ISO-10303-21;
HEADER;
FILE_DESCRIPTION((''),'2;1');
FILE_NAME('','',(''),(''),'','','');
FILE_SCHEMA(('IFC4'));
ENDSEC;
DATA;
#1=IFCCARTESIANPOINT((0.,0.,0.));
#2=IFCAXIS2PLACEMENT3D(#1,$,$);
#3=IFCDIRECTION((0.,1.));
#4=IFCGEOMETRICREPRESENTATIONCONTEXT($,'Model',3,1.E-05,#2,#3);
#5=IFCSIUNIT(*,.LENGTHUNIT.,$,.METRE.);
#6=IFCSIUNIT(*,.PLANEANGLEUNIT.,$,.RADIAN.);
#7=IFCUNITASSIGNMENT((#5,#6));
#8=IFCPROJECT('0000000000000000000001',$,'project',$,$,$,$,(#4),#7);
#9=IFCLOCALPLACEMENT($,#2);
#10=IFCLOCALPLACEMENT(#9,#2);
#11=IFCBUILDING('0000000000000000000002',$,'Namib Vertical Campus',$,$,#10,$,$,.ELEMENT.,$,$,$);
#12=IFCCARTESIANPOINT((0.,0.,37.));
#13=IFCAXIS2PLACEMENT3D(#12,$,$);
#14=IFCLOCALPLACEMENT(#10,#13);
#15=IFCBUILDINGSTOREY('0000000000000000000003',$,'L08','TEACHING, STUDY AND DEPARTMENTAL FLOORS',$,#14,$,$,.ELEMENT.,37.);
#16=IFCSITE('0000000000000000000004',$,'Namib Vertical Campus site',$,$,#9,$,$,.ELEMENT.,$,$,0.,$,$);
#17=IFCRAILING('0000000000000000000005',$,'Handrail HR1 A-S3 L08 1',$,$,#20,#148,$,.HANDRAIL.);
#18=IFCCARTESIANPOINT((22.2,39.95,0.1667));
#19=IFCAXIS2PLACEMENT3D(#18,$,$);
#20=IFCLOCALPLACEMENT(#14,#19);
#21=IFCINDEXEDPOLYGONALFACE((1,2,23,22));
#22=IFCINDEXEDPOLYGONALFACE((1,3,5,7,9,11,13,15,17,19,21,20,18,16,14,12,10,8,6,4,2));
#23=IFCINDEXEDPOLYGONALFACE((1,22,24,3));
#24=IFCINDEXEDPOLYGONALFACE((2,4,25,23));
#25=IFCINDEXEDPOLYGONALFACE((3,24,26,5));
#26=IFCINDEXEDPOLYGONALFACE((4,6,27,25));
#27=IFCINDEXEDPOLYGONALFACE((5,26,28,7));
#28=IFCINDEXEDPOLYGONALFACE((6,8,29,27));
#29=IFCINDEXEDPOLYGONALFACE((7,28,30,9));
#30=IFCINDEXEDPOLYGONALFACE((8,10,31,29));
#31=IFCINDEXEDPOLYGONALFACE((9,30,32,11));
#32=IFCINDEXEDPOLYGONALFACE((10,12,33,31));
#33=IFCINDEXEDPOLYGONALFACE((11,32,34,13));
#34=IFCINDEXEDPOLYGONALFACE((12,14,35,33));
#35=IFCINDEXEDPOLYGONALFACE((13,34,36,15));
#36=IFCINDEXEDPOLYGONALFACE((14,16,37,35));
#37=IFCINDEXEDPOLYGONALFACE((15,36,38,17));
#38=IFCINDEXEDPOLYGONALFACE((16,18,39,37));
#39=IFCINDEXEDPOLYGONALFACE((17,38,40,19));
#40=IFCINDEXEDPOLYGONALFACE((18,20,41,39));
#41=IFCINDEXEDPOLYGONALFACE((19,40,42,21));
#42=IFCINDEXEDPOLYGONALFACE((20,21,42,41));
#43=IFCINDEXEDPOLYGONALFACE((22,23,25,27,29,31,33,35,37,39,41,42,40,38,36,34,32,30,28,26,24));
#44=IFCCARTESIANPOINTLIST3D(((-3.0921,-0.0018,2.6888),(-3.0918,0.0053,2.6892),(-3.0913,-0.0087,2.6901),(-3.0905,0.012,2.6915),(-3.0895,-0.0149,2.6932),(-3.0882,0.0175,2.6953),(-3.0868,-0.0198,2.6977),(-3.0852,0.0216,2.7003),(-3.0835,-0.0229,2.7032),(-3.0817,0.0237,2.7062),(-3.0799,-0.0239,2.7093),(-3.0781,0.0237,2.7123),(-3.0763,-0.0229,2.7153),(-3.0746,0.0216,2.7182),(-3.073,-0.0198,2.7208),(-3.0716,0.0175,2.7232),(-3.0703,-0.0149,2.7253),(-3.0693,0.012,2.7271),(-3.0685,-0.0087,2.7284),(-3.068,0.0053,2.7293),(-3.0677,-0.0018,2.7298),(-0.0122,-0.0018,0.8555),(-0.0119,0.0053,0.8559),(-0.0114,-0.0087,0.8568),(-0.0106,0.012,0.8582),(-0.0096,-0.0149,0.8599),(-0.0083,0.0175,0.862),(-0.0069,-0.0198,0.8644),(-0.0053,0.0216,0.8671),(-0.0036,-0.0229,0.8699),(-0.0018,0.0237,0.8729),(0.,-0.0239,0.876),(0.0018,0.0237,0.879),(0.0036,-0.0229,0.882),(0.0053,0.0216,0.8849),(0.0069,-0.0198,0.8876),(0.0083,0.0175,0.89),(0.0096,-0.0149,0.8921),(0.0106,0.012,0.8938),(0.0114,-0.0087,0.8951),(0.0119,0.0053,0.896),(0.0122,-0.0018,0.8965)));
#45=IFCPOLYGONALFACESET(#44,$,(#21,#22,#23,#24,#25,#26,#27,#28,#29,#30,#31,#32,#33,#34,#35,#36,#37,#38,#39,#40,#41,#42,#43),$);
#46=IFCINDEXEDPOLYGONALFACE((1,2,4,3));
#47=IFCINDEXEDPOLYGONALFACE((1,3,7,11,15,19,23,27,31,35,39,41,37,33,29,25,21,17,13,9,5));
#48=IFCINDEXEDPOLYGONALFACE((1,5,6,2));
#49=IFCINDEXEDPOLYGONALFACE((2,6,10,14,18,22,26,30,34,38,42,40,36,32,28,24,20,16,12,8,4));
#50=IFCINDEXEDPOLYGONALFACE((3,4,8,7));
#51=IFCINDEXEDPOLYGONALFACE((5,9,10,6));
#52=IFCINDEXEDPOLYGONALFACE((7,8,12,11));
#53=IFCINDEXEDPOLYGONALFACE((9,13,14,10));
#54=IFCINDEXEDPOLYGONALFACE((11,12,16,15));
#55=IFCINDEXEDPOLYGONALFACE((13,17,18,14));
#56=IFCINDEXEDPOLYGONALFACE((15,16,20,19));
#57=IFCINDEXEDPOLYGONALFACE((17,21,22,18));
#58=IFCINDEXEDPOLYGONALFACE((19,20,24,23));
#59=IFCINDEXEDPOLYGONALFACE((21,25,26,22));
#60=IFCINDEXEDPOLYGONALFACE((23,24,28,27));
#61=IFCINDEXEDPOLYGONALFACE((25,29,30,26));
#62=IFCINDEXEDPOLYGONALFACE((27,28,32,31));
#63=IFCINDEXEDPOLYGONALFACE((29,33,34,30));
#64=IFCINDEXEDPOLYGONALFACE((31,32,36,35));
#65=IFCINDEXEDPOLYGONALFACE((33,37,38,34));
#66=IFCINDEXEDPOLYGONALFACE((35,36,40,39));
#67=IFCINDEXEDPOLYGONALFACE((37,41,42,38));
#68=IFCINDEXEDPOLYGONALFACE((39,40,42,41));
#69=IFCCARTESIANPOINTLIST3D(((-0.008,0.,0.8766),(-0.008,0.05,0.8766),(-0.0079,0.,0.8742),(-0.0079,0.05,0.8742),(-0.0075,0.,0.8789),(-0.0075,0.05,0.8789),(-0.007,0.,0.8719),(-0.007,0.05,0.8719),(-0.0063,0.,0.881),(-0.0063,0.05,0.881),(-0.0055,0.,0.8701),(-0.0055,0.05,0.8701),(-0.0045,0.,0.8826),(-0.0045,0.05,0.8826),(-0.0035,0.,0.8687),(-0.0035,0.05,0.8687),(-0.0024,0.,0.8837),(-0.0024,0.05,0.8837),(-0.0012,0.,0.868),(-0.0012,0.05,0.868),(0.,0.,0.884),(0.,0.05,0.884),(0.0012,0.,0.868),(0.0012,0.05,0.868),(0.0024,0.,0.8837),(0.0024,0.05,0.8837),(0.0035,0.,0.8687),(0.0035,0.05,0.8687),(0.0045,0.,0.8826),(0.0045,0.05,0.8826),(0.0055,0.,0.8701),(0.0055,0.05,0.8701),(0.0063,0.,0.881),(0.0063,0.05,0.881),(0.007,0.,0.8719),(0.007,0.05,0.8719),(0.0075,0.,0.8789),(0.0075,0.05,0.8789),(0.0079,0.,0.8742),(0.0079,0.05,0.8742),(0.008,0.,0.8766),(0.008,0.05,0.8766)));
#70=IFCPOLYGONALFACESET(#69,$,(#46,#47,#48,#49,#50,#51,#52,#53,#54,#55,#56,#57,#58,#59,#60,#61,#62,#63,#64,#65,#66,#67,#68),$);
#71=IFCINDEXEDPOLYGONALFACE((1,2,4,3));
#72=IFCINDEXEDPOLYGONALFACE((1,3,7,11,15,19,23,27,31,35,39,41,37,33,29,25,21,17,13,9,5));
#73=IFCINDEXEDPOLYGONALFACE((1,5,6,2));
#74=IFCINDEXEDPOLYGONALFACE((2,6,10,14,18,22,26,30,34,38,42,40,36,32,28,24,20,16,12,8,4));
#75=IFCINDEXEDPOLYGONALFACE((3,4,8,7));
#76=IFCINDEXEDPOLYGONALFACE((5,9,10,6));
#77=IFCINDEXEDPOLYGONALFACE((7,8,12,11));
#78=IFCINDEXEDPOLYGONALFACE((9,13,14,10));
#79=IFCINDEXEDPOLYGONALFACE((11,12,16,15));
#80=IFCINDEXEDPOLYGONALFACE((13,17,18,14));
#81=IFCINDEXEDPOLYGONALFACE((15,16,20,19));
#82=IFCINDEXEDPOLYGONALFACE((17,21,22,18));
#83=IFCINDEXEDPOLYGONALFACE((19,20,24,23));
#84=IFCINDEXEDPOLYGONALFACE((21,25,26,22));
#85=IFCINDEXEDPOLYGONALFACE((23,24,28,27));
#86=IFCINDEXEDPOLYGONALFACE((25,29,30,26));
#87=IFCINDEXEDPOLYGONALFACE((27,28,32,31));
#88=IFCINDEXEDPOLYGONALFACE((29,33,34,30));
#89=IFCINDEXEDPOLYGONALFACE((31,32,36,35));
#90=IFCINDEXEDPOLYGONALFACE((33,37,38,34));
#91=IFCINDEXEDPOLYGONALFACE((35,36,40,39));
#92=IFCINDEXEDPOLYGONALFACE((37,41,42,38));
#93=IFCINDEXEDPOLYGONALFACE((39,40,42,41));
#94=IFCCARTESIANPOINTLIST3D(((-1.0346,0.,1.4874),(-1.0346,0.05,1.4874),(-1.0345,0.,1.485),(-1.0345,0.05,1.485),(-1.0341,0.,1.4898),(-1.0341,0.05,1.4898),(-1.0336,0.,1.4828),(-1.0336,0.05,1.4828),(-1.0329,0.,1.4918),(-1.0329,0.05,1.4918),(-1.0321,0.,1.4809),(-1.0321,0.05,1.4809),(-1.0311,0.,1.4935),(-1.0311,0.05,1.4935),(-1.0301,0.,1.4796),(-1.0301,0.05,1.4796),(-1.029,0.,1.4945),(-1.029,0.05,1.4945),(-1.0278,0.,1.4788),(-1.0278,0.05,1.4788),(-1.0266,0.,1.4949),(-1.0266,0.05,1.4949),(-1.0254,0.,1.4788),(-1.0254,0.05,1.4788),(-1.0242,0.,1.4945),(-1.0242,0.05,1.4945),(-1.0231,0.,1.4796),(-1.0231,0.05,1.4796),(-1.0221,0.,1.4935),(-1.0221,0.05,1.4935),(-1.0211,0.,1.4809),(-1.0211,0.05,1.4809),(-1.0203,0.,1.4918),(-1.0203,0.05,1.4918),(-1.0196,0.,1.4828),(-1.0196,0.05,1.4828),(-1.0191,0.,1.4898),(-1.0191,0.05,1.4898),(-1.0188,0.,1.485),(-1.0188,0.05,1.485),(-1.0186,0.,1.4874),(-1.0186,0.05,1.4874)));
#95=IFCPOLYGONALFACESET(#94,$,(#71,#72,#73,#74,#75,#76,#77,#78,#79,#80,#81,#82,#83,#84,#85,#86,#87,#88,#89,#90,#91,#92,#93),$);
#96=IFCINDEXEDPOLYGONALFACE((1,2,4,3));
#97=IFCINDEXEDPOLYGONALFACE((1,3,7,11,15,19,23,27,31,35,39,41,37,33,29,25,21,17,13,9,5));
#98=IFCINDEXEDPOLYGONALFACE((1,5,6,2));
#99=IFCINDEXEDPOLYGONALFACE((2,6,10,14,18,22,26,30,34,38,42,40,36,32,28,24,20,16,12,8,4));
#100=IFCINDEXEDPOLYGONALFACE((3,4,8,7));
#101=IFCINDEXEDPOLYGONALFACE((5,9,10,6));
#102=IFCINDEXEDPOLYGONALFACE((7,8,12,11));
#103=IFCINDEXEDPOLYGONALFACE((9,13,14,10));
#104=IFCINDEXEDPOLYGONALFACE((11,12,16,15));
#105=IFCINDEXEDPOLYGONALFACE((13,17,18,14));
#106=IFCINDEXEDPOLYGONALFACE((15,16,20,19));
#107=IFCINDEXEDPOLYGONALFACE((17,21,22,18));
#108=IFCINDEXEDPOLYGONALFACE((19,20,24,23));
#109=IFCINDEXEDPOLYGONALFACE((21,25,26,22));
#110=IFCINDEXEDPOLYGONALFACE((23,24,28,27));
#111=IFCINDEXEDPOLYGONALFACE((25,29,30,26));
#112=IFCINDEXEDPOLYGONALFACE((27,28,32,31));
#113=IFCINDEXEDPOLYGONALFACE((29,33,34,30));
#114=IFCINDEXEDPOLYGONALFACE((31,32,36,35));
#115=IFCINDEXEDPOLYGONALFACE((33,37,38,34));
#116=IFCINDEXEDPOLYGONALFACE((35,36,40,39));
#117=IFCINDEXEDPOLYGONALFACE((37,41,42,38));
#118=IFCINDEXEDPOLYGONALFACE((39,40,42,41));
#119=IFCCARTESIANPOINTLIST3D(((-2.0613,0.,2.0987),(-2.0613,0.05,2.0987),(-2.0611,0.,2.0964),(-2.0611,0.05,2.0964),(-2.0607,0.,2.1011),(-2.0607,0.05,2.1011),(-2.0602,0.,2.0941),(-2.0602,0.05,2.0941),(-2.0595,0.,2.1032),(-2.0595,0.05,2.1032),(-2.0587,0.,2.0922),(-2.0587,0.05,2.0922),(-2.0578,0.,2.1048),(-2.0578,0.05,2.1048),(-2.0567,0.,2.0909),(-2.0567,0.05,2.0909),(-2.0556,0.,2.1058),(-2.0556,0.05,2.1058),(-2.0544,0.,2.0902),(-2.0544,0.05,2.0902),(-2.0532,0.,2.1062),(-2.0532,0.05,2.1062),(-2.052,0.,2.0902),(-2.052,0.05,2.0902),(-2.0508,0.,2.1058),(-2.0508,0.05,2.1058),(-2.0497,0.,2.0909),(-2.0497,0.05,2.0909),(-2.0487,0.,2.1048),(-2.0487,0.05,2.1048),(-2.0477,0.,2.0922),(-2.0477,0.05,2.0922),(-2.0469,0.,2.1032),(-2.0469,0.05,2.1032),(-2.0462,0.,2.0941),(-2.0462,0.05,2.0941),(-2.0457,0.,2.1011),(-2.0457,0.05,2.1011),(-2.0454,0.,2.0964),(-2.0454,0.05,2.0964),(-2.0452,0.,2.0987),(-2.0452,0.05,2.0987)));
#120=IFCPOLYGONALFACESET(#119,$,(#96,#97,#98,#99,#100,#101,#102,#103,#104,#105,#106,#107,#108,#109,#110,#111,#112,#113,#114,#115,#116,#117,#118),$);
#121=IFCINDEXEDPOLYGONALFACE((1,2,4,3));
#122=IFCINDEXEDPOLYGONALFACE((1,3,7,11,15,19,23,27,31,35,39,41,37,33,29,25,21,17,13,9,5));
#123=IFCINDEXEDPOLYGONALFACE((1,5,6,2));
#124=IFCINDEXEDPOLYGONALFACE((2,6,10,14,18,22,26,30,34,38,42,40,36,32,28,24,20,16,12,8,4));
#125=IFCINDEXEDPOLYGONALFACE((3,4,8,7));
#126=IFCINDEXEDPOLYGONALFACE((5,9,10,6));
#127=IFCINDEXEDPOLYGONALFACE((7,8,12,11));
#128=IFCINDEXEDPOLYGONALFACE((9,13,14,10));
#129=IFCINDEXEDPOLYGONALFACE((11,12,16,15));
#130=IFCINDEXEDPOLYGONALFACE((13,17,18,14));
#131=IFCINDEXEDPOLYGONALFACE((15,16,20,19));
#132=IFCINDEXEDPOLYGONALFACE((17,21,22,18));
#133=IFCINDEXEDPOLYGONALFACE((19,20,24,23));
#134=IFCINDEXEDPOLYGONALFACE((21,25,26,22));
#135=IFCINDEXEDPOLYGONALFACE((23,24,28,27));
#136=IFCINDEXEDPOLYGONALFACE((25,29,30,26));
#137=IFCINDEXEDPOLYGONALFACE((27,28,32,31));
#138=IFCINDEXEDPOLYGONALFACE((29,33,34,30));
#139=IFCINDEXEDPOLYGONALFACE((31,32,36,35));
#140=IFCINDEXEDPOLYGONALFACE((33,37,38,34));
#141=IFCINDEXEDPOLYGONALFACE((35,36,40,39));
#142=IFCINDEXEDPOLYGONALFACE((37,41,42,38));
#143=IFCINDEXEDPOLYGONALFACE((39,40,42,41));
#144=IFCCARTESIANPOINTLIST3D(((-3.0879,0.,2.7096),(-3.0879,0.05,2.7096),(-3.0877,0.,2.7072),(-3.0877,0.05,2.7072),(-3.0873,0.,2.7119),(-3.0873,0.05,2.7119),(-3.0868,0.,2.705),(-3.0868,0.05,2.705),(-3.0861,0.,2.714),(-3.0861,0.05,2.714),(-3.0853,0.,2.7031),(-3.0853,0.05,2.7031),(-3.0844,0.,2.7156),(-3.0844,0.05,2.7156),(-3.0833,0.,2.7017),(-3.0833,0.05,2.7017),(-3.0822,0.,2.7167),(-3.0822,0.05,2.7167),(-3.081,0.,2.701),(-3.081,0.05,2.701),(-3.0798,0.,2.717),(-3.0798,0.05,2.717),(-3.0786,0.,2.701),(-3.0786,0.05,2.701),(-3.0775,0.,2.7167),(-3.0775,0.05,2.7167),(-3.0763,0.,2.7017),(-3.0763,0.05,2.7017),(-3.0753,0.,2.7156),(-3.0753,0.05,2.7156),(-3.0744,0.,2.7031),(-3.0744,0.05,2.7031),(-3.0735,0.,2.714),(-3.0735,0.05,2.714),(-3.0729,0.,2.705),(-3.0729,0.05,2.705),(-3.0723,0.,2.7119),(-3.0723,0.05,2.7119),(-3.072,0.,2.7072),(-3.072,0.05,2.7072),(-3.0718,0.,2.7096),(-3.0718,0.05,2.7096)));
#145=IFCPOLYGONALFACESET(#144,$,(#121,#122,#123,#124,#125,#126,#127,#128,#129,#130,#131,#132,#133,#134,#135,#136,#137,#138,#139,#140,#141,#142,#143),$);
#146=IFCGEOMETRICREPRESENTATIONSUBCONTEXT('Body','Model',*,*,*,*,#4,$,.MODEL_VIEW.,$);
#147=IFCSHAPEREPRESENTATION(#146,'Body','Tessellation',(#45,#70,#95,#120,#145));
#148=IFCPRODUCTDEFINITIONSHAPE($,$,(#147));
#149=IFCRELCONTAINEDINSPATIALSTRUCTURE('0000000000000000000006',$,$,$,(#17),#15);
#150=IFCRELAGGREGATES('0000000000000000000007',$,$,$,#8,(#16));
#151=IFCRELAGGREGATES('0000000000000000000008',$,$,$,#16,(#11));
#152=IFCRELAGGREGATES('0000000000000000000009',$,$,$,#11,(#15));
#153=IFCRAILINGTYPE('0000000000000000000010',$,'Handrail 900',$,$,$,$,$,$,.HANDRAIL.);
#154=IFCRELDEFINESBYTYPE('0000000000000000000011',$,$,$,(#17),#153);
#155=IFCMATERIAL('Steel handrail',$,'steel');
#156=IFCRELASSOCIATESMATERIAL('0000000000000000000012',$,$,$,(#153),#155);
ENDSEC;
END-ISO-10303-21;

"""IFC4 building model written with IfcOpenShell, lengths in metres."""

from ifc_helpers import new_model, si_unit, direction, frame, origin, origin_2d, place, context, subcontext, project, spatial, circle, extrude, material, type_object, element, save


model = new_model("IFC4")

# Units and contexts
model_context = context("Model", 3, precision=1e-05, world=origin(), true_north=direction((0.0, 1.0)))
body_context = subcontext(model_context, "Body", "Model", "MODEL_VIEW")
ifc_project = project(units=[si_unit("LENGTHUNIT", "METRE"), si_unit("PLANEANGLEUNIT", "RADIAN")], contexts=[model_context])

# Site, building, storey
site_placement = place(None, origin())
site = spatial("IfcSite", under=ifc_project, at=site_placement, Name="Namib Vertical Campus site", CompositionType="ELEMENT", RefElevation=0.0)
building_placement = place(site_placement, origin())
building = spatial("IfcBuilding", under=site, at=building_placement, Name="Namib Vertical Campus", CompositionType="ELEMENT")
storey_placement = place(building_placement, frame((0.0, 0.0, 37.0)))
storey = spatial("IfcBuildingStorey", under=building, at=storey_placement, Name="L08", Description="TEACHING, STUDY AND DEPARTMENTAL FLOORS", CompositionType="ELEMENT", Elevation=37.0)

# Railing
ifc_material_1 = material(Name="Steel handrail", Category="steel")
railing_type_1 = type_object("IfcRailingType", Name="Handrail 900", PredefinedType="HANDRAIL", material=ifc_material_1)
railing_1_placement = place(storey_placement, frame((22.2, 39.95, 0.1667)))
element("IfcRailing", 1, at=railing_1_placement, inside=storey, type_object=railing_type_1, Name="Handrail HR1 A-S3 L08 1", PredefinedType="HANDRAIL", context=body_context, shape_type="SweptSolid", body=[
    extrude(circle(Radius=0.0239, at=origin_2d()), frame((0.0, 0.0, 0.876), z_axis=(-0.859291, 0.0, 0.511487), x_axis=(0.0, -1.0, 0.0)), (0.0, 0.0, 1.0), 3.5842),
    extrude(circle(Radius=0.0081, at=origin_2d()), frame((0.0, 0.0, 0.876), z_axis=(0.0, 1.0, 0.0), x_axis=(0.0, 0.0, 1.0)), (0.0, 0.0, 1.0), 0.05),
    extrude(circle(Radius=0.0081, at=origin_2d()), frame((-1.0266, 0.0, 1.4868), z_axis=(0.0, 1.0, 0.0), x_axis=(0.0, 0.0, 1.0)), (0.0, 0.0, 1.0), 0.05),
    extrude(circle(Radius=0.0081, at=origin_2d()), frame((-2.0532, 0.0, 2.0981), z_axis=(0.0, 1.0, 0.0), x_axis=(0.0, 0.0, 1.0)), (0.0, 0.0, 1.0), 0.05),
    extrude(circle(Radius=0.0081, at=origin_2d()), frame((-3.0798, 0.0, 2.709), z_axis=(0.0, 1.0, 0.0), x_axis=(0.0, 0.0, 1.0)), (0.0, 0.0, 1.0), 0.05),
])

save(model, "model.ifc")
